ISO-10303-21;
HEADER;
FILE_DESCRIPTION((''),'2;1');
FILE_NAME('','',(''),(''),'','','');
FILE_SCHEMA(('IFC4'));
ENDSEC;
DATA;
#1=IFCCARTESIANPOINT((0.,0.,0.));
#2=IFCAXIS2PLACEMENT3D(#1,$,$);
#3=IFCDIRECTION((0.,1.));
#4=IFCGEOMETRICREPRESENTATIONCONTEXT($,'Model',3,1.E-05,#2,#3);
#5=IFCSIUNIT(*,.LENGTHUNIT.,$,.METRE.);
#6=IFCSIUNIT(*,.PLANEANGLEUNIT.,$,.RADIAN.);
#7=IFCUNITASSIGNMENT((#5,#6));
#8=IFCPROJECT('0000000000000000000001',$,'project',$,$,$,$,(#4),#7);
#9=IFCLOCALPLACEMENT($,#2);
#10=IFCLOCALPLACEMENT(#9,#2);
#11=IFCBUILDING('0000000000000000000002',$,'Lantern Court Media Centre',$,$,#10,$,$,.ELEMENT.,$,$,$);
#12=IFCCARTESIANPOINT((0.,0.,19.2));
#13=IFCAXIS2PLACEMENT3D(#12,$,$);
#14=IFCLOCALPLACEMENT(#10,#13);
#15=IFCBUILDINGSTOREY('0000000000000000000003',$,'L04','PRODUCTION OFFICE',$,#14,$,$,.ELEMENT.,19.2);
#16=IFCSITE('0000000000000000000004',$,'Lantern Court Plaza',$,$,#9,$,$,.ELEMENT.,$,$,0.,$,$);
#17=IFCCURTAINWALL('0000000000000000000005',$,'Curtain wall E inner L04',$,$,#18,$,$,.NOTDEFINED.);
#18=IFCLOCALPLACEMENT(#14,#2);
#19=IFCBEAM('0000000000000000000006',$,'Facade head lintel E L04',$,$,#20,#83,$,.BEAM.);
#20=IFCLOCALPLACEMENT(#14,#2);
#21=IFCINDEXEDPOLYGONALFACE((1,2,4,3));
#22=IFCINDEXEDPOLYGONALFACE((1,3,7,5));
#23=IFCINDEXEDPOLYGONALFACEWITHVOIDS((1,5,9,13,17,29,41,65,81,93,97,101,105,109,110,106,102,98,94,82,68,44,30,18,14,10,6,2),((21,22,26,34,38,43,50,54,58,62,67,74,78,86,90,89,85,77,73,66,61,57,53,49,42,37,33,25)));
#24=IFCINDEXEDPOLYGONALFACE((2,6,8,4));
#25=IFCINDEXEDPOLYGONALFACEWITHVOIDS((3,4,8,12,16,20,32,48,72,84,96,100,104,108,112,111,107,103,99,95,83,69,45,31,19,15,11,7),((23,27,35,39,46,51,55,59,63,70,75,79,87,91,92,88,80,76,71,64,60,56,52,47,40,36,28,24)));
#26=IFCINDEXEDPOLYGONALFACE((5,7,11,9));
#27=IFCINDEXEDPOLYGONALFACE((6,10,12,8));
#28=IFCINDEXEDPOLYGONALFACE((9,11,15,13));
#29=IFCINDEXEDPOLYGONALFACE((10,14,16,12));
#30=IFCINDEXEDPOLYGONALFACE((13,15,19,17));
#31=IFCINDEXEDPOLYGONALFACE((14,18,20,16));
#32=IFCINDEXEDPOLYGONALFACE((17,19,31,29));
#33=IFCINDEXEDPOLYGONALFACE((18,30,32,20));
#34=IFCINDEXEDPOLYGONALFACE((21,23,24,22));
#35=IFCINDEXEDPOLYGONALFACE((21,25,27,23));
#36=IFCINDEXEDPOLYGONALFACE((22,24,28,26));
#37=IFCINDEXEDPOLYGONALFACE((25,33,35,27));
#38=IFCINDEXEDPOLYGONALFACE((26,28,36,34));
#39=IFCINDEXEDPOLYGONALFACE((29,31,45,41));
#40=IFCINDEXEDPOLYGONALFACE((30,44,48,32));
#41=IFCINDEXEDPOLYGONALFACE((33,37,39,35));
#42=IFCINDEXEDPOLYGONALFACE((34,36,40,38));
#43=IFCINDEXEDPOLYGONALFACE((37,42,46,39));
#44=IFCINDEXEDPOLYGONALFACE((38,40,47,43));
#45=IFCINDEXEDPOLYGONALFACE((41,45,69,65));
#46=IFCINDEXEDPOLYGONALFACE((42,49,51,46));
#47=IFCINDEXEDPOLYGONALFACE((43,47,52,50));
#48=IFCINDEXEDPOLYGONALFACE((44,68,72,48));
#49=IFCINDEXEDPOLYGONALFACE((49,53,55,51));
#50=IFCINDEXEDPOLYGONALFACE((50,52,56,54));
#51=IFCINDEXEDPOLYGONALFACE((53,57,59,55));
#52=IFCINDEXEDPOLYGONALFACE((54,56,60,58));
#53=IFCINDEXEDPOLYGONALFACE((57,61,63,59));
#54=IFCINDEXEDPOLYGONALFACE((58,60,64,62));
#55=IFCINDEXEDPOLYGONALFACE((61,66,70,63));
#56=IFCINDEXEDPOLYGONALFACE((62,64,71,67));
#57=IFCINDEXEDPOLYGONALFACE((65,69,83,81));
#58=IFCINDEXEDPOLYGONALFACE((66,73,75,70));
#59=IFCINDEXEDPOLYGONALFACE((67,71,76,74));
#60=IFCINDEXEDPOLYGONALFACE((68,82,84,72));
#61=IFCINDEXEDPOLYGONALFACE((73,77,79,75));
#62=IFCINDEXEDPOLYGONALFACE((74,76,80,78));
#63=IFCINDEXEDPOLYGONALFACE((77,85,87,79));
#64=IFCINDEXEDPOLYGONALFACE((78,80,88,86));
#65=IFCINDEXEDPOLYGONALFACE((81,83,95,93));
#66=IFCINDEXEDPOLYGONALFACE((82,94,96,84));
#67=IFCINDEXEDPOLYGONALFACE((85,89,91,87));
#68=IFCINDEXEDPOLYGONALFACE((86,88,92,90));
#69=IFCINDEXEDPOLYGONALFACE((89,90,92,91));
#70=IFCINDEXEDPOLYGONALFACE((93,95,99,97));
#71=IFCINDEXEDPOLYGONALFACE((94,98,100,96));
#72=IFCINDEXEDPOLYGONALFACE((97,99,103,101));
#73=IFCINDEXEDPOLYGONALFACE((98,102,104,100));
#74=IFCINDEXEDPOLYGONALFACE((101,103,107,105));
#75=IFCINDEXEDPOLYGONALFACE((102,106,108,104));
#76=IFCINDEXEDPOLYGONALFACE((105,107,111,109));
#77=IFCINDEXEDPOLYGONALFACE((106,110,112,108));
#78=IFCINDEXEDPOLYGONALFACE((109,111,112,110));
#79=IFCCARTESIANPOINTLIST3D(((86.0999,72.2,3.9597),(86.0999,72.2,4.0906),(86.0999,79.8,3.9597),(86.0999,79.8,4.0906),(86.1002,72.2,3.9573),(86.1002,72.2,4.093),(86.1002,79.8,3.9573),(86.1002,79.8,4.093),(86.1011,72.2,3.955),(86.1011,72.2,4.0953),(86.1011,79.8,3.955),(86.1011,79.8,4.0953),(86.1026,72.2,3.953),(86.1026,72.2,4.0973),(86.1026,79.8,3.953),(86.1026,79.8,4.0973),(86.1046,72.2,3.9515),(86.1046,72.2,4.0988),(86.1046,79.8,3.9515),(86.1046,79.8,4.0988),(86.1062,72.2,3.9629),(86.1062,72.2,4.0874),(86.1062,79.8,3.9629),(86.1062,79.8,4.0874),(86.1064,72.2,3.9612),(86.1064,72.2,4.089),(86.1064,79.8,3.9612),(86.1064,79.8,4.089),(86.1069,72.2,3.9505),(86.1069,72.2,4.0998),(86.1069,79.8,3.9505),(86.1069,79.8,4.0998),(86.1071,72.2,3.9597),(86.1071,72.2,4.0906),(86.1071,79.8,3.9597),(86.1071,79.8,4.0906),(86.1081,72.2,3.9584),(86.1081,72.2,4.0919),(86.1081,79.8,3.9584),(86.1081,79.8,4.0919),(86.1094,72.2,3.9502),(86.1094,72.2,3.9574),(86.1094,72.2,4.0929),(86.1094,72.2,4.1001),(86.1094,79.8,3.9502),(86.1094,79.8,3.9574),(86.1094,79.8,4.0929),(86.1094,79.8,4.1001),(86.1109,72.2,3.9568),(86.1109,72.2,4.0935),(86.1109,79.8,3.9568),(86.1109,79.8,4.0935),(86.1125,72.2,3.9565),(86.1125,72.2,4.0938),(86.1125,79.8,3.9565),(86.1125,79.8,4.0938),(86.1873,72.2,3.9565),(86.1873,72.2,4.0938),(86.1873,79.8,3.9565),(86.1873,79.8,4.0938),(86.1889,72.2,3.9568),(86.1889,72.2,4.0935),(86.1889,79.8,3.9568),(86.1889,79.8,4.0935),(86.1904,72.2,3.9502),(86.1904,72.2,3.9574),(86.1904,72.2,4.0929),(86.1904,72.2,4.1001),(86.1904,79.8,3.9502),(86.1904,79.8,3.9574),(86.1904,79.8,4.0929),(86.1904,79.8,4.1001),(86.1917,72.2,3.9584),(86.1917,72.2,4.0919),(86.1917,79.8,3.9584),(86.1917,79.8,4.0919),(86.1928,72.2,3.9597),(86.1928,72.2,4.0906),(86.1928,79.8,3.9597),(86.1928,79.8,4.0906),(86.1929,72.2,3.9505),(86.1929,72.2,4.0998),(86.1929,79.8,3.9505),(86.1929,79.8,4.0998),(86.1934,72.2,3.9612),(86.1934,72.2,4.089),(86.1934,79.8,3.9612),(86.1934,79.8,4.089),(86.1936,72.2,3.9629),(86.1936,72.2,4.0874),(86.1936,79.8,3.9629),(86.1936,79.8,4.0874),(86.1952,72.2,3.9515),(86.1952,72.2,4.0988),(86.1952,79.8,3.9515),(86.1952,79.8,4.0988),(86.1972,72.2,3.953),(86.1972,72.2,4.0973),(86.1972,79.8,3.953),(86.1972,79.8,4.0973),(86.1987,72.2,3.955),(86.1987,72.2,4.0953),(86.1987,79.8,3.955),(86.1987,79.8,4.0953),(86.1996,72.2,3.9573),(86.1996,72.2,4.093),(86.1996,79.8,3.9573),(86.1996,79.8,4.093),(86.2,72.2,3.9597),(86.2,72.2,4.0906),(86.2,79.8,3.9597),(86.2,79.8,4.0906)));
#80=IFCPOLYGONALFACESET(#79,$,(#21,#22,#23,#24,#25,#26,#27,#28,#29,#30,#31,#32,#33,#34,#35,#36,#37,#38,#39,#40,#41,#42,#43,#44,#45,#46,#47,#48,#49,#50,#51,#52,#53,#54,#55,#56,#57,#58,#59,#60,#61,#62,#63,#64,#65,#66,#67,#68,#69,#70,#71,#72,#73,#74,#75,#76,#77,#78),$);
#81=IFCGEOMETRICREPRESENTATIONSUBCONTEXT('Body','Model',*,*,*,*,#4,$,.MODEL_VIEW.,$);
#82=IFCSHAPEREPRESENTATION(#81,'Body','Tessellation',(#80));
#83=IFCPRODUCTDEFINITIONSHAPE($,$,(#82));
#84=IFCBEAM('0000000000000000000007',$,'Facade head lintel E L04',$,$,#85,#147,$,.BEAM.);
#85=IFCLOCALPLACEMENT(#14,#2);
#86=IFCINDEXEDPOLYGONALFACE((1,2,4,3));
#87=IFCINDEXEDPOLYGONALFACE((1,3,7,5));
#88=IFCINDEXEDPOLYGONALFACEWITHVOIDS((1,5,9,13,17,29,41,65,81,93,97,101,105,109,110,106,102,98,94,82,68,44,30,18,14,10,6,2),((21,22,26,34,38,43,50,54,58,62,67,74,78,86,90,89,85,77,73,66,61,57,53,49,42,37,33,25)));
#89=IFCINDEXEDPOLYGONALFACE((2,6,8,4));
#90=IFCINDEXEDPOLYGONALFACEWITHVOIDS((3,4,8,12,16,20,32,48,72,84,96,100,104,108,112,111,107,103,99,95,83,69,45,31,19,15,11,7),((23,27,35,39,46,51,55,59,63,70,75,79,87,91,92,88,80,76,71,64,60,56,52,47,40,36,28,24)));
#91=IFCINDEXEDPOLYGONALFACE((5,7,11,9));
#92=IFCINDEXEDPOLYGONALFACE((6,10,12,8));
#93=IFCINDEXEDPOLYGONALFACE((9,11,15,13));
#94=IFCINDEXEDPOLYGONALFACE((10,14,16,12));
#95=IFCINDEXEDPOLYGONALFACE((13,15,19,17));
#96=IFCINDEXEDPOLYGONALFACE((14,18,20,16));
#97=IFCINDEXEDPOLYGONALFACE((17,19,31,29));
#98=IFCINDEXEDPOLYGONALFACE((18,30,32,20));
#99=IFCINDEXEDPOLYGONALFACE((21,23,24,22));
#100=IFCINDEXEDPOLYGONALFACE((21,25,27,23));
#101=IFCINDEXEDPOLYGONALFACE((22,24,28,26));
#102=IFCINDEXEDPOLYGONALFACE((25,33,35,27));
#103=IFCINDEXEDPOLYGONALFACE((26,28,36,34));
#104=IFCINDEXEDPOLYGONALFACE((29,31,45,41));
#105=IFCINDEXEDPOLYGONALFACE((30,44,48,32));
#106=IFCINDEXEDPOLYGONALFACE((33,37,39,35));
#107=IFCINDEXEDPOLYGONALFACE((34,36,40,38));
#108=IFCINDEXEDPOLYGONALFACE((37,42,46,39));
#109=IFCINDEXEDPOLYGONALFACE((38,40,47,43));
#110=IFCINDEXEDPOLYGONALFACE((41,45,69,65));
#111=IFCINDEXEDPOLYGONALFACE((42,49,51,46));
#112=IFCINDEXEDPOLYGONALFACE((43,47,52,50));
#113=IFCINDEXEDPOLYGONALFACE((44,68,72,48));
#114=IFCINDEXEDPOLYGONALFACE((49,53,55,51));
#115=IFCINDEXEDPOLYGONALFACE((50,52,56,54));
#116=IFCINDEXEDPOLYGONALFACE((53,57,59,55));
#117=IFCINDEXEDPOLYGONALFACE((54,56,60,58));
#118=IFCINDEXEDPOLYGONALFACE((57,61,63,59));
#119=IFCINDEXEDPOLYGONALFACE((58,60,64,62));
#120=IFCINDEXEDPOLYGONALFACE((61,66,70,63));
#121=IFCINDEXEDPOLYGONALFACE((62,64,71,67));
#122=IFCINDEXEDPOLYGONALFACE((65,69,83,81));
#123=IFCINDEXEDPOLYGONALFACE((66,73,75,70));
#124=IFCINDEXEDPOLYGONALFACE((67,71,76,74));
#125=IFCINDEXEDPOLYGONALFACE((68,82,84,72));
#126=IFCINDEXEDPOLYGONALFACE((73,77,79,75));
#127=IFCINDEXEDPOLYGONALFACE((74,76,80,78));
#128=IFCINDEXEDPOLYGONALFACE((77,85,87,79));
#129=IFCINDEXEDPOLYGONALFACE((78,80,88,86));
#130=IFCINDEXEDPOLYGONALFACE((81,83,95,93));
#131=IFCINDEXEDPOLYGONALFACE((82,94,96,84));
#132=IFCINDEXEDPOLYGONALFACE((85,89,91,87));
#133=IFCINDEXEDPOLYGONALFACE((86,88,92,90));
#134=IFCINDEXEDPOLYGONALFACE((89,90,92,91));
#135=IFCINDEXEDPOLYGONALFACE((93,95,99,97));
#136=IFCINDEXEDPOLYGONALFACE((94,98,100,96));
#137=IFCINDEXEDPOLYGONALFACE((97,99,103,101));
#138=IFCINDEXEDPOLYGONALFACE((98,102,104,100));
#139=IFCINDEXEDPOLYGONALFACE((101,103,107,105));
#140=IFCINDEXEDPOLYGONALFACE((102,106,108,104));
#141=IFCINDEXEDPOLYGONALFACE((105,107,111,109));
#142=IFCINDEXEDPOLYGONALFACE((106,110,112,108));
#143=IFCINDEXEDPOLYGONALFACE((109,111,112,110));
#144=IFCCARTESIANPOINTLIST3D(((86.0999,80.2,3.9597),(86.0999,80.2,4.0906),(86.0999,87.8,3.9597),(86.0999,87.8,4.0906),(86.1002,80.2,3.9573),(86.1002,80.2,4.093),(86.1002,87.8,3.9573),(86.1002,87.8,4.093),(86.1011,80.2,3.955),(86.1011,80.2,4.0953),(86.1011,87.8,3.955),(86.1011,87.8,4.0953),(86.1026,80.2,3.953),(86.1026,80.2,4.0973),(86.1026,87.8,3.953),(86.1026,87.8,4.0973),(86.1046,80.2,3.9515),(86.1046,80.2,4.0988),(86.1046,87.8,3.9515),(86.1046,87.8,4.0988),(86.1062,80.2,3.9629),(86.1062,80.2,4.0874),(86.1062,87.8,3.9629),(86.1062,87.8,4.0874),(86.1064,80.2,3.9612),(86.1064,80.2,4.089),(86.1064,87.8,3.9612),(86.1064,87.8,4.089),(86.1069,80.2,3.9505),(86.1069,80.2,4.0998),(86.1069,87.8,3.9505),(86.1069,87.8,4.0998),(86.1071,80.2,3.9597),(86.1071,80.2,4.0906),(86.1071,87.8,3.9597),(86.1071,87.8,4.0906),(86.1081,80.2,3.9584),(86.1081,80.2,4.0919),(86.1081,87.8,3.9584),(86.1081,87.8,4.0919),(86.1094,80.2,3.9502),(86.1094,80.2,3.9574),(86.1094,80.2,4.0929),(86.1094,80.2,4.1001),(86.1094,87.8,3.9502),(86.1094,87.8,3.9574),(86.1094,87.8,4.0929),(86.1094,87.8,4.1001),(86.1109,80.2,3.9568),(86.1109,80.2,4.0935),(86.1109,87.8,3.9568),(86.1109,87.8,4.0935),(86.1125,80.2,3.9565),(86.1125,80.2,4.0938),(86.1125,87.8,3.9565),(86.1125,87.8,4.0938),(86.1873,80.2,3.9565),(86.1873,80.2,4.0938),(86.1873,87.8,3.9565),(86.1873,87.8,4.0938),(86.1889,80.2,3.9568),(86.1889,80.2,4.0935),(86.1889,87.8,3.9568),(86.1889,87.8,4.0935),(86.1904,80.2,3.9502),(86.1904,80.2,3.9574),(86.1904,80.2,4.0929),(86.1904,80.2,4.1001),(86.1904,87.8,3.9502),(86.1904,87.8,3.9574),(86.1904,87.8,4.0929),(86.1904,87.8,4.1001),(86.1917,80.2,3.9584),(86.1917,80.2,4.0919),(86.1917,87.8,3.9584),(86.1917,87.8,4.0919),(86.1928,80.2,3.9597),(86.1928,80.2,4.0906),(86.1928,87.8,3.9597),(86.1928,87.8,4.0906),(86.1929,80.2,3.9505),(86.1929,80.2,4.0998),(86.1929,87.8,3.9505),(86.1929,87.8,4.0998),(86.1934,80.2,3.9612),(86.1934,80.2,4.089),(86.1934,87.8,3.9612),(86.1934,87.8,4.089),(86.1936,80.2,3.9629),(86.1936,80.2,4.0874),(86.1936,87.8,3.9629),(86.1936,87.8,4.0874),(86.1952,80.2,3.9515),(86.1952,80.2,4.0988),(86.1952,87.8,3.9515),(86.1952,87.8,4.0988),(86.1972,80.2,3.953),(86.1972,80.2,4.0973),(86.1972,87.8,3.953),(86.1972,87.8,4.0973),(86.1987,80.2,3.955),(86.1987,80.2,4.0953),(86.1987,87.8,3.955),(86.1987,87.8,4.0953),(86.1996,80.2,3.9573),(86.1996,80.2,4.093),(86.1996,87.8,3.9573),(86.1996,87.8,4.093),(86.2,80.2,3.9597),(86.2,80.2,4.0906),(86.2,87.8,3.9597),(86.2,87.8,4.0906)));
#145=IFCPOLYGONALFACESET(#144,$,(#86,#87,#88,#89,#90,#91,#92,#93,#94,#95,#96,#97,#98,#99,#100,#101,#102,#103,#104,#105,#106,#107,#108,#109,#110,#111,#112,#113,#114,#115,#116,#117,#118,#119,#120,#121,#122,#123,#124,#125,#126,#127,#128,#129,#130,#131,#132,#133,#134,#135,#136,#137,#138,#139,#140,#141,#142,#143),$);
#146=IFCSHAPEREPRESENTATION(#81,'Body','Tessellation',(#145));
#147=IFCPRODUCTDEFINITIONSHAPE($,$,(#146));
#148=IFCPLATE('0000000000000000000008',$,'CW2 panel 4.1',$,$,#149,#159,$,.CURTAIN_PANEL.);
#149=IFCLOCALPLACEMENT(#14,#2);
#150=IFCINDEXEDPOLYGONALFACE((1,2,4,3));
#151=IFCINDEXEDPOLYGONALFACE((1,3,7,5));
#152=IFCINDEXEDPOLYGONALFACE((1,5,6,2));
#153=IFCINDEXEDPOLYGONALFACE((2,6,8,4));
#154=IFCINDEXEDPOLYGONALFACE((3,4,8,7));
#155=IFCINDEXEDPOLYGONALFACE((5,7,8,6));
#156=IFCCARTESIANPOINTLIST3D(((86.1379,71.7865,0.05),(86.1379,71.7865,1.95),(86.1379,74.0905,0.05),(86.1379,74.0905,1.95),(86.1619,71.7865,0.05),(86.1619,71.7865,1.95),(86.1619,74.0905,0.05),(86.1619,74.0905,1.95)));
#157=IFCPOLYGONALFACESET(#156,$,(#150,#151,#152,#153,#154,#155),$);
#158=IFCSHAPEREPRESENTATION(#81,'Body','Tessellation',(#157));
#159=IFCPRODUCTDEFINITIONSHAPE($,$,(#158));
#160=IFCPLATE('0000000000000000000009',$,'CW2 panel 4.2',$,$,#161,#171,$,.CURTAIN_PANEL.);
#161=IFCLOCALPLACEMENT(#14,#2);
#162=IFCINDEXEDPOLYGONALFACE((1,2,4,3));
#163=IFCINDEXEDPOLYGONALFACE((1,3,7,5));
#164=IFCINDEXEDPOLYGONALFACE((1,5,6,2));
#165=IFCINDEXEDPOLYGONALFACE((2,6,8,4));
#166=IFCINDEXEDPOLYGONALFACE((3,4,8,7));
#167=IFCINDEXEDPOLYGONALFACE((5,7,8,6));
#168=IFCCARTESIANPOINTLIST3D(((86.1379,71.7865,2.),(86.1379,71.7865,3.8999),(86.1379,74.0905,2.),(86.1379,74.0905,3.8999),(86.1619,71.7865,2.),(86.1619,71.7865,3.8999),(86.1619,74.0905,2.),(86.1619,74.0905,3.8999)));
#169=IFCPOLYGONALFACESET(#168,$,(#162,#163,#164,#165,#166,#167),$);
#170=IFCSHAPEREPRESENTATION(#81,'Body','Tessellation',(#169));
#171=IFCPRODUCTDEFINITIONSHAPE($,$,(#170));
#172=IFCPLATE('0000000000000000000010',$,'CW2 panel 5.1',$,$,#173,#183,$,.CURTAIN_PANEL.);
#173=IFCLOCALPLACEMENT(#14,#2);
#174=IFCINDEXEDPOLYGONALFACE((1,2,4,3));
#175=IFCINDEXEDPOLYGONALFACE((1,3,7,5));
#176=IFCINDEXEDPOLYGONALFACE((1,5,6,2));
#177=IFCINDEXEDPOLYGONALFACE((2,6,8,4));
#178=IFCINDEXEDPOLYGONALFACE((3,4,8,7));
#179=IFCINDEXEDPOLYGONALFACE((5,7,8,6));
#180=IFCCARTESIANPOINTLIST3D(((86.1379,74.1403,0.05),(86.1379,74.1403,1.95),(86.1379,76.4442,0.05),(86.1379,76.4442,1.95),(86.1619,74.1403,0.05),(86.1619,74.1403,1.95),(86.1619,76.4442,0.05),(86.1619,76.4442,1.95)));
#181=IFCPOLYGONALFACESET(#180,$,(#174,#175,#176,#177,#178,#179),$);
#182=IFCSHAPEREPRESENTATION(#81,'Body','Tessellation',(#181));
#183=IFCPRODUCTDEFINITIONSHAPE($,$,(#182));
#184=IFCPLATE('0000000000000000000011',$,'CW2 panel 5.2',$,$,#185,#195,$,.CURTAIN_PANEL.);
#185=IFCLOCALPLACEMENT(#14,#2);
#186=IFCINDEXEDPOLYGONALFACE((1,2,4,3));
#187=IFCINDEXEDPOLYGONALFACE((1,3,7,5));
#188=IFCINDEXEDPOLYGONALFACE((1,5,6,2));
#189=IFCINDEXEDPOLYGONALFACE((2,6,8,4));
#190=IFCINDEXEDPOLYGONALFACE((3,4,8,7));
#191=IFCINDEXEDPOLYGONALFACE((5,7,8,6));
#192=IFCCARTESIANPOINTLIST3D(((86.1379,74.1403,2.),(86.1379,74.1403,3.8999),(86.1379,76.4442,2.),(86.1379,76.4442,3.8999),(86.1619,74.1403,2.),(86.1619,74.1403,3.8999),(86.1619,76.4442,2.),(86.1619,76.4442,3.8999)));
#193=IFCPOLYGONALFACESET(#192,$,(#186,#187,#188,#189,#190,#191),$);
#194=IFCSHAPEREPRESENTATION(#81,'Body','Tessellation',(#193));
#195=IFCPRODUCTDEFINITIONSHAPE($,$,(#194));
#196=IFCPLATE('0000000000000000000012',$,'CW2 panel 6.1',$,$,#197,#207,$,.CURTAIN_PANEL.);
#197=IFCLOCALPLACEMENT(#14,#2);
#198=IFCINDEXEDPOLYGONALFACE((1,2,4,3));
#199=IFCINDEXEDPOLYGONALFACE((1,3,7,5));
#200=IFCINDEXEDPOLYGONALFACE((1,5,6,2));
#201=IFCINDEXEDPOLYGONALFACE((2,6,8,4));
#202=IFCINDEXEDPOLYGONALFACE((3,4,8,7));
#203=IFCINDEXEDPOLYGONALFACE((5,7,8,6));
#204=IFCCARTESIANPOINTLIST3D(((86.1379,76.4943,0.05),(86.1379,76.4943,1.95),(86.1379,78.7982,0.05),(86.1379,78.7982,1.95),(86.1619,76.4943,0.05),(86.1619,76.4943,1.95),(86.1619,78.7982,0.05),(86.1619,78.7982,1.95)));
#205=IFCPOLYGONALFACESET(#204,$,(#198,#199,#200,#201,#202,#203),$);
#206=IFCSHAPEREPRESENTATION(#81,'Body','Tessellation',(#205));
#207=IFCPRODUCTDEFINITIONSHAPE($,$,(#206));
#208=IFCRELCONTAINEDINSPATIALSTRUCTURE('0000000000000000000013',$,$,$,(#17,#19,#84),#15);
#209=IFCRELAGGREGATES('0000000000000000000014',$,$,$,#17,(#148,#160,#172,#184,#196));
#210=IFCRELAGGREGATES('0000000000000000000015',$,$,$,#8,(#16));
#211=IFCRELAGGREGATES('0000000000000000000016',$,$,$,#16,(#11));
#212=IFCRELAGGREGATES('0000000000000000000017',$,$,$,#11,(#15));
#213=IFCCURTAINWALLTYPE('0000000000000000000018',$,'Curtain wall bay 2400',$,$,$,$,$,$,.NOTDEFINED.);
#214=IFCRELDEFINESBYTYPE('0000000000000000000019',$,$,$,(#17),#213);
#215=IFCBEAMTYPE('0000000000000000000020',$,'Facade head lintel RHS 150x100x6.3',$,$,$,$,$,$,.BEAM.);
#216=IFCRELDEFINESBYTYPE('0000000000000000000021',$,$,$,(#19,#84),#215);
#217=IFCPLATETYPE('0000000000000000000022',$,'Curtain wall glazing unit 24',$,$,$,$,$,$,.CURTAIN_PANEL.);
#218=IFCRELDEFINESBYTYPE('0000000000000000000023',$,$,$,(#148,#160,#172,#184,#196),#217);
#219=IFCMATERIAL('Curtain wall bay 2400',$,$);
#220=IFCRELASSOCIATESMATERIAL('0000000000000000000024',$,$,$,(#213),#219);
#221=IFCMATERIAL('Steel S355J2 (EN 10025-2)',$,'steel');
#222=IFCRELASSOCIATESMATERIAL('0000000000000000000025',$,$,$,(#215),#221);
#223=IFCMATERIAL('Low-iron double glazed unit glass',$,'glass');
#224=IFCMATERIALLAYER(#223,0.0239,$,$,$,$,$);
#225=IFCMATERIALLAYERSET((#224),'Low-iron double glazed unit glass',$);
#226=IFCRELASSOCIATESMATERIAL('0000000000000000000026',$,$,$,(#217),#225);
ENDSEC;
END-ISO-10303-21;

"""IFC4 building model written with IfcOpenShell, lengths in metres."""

from ifc_helpers import new_model, si_unit, direction, frame, origin, origin_2d, place, context, subcontext, project, spatial, rectangle, hollow_rectangle, extrude, material, layer, layer_set, material_profile, profile_set, type_object, element, aggregate, save


model = new_model("IFC4")

# Units and contexts
model_context = context("Model", 3, precision=1e-05, world=origin(), true_north=direction((0.0, 1.0)))
body_context = subcontext(model_context, "Body", "Model", "MODEL_VIEW")
ifc_project = project(units=[si_unit("LENGTHUNIT", "METRE"), si_unit("PLANEANGLEUNIT", "RADIAN")], contexts=[model_context])

# Site, building, storey
site_placement = place(None, origin())
site = spatial("IfcSite", under=ifc_project, at=site_placement, Name="Lantern Court Plaza", CompositionType="ELEMENT", RefElevation=0.0)
building_placement = place(site_placement, origin())
building = spatial("IfcBuilding", under=site, at=building_placement, Name="Lantern Court Media Centre", CompositionType="ELEMENT")
storey_placement = place(building_placement, frame((0.0, 0.0, 19.2)))
storey = spatial("IfcBuildingStorey", under=building, at=storey_placement, Name="L04", Description="PRODUCTION OFFICE", CompositionType="ELEMENT", Elevation=19.2)

# Curtain wall
ifc_material_1 = material(Name="Curtain wall bay 2400")
curtain_wall_type = type_object("IfcCurtainWallType", Name="Curtain wall bay 2400", PredefinedType="NOTDEFINED", material=ifc_material_1)
curtain_wall_placement = place(storey_placement, origin())
curtain_wall = element("IfcCurtainWall", 1, at=curtain_wall_placement, inside=storey, type_object=curtain_wall_type, Name="Curtain wall E inner L04", PredefinedType="NOTDEFINED")

# Beams
ifc_material_2 = material(Name="Steel S355J2 (EN 10025-2)", Category="steel")
ifc_material_profile_1 = material_profile(ifc_material_2, hollow_rectangle(XDim=0.1001, YDim=0.1499, WallThickness=0.0063, InnerFilletRadius=0.0063, OuterFilletRadius=0.0095, at=origin_2d()), Name="Facade head lintel RHS 150x100x6.3")
ifc_profile_set_1 = profile_set([ifc_material_profile_1], Name="Steel S355J2 (EN 10025-2)")
beam_type = type_object("IfcBeamType", Name="Facade head lintel RHS 150x100x6.3", PredefinedType="BEAM", material=ifc_profile_set_1)
for number, where, z_axis, x_axis, name in (
    (2, (86.1499, 72.2, 4.0251), (0.0, 1.0, 0.0), (-1.0, 0.0, 0.0), "Facade head lintel E L04"),
    (3, (86.1499, 80.2, 4.0251), (0.0, 1.0, 0.0), (-1.0, 0.0, 0.0), "Facade head lintel E L04"),
):
    element("IfcBeam", number, at=place(storey_placement, frame(where, z_axis=z_axis, x_axis=x_axis)), inside=storey, type_object=beam_type, Name=name, PredefinedType="BEAM", context=body_context, shape_type="SweptSolid", body=[
        extrude(hollow_rectangle(XDim=0.1001, YDim=0.1499, WallThickness=0.0063, InnerFilletRadius=0.0063, OuterFilletRadius=0.0095, at=origin_2d()), origin(), (0.0, 0.0, 1.0), 7.6001),
    ])

# Plates
ifc_material_3 = material(Name="Low-iron double glazed unit glass", Category="glass")
ifc_layer_1 = layer(ifc_material_3, 0.0239)
ifc_layer_set_1 = layer_set([ifc_layer_1], Name="Low-iron double glazed unit glass")
plate_type = type_object("IfcPlateType", Name="Curtain wall glazing unit 24", PredefinedType="CURTAIN_PANEL", material=ifc_layer_set_1)
plate_1_placement = place(storey_placement, frame((86.1499, 72.9385, 0.05), z_axis=(0.0, 0.0, 1.0), x_axis=(0.0, 1.0, 0.0)))
plate_1 = element("IfcPlate", 4, at=plate_1_placement, type_object=plate_type, Name="CW2 panel 4.1", PredefinedType="CURTAIN_PANEL", context=body_context, shape_type="SweptSolid", body=[
    extrude(rectangle(XDim=2.304, YDim=0.0239, at=origin_2d()), origin(), (0.0, 0.0, 1.0), 1.8999),
])
plate_2_placement = place(storey_placement, frame((86.1499, 72.9385, 2.0), z_axis=(0.0, 0.0, 1.0), x_axis=(0.0, 1.0, 0.0)))
plate_2 = element("IfcPlate", 5, at=plate_2_placement, type_object=plate_type, Name="CW2 panel 4.2", PredefinedType="CURTAIN_PANEL", context=body_context, shape_type="SweptSolid", body=[
    extrude(rectangle(XDim=2.304, YDim=0.0239, at=origin_2d()), origin(), (0.0, 0.0, 1.0), 1.8999),
])
plate_3_placement = place(storey_placement, frame((86.1499, 75.2922, 0.05), z_axis=(0.0, 0.0, 1.0), x_axis=(0.0, 1.0, 0.0)))
plate_3 = element("IfcPlate", 6, at=plate_3_placement, type_object=plate_type, Name="CW2 panel 5.1", PredefinedType="CURTAIN_PANEL", context=body_context, shape_type="SweptSolid", body=[
    extrude(rectangle(XDim=2.304, YDim=0.0239, at=origin_2d()), origin(), (0.0, 0.0, 1.0), 1.8999),
])
plate_4_placement = place(storey_placement, frame((86.1499, 75.2922, 2.0), z_axis=(0.0, 0.0, 1.0), x_axis=(0.0, 1.0, 0.0)))
plate_4 = element("IfcPlate", 7, at=plate_4_placement, type_object=plate_type, Name="CW2 panel 5.2", PredefinedType="CURTAIN_PANEL", context=body_context, shape_type="SweptSolid", body=[
    extrude(rectangle(XDim=2.304, YDim=0.0239, at=origin_2d()), origin(), (0.0, 0.0, 1.0), 1.8999),
])
plate_5_placement = place(storey_placement, frame((86.1499, 77.6462, 0.05), z_axis=(0.0, 0.0, 1.0), x_axis=(0.0, 1.0, 0.0)))
plate_5 = element("IfcPlate", 8, at=plate_5_placement, type_object=plate_type, Name="CW2 panel 6.1", PredefinedType="CURTAIN_PANEL", context=body_context, shape_type="SweptSolid", body=[
    extrude(rectangle(XDim=2.304, YDim=0.0239, at=origin_2d()), origin(), (0.0, 0.0, 1.0), 1.8999),
])
aggregate(curtain_wall, [plate_1, plate_2, plate_3, plate_4, plate_5])

save(model, "model.ifc")
